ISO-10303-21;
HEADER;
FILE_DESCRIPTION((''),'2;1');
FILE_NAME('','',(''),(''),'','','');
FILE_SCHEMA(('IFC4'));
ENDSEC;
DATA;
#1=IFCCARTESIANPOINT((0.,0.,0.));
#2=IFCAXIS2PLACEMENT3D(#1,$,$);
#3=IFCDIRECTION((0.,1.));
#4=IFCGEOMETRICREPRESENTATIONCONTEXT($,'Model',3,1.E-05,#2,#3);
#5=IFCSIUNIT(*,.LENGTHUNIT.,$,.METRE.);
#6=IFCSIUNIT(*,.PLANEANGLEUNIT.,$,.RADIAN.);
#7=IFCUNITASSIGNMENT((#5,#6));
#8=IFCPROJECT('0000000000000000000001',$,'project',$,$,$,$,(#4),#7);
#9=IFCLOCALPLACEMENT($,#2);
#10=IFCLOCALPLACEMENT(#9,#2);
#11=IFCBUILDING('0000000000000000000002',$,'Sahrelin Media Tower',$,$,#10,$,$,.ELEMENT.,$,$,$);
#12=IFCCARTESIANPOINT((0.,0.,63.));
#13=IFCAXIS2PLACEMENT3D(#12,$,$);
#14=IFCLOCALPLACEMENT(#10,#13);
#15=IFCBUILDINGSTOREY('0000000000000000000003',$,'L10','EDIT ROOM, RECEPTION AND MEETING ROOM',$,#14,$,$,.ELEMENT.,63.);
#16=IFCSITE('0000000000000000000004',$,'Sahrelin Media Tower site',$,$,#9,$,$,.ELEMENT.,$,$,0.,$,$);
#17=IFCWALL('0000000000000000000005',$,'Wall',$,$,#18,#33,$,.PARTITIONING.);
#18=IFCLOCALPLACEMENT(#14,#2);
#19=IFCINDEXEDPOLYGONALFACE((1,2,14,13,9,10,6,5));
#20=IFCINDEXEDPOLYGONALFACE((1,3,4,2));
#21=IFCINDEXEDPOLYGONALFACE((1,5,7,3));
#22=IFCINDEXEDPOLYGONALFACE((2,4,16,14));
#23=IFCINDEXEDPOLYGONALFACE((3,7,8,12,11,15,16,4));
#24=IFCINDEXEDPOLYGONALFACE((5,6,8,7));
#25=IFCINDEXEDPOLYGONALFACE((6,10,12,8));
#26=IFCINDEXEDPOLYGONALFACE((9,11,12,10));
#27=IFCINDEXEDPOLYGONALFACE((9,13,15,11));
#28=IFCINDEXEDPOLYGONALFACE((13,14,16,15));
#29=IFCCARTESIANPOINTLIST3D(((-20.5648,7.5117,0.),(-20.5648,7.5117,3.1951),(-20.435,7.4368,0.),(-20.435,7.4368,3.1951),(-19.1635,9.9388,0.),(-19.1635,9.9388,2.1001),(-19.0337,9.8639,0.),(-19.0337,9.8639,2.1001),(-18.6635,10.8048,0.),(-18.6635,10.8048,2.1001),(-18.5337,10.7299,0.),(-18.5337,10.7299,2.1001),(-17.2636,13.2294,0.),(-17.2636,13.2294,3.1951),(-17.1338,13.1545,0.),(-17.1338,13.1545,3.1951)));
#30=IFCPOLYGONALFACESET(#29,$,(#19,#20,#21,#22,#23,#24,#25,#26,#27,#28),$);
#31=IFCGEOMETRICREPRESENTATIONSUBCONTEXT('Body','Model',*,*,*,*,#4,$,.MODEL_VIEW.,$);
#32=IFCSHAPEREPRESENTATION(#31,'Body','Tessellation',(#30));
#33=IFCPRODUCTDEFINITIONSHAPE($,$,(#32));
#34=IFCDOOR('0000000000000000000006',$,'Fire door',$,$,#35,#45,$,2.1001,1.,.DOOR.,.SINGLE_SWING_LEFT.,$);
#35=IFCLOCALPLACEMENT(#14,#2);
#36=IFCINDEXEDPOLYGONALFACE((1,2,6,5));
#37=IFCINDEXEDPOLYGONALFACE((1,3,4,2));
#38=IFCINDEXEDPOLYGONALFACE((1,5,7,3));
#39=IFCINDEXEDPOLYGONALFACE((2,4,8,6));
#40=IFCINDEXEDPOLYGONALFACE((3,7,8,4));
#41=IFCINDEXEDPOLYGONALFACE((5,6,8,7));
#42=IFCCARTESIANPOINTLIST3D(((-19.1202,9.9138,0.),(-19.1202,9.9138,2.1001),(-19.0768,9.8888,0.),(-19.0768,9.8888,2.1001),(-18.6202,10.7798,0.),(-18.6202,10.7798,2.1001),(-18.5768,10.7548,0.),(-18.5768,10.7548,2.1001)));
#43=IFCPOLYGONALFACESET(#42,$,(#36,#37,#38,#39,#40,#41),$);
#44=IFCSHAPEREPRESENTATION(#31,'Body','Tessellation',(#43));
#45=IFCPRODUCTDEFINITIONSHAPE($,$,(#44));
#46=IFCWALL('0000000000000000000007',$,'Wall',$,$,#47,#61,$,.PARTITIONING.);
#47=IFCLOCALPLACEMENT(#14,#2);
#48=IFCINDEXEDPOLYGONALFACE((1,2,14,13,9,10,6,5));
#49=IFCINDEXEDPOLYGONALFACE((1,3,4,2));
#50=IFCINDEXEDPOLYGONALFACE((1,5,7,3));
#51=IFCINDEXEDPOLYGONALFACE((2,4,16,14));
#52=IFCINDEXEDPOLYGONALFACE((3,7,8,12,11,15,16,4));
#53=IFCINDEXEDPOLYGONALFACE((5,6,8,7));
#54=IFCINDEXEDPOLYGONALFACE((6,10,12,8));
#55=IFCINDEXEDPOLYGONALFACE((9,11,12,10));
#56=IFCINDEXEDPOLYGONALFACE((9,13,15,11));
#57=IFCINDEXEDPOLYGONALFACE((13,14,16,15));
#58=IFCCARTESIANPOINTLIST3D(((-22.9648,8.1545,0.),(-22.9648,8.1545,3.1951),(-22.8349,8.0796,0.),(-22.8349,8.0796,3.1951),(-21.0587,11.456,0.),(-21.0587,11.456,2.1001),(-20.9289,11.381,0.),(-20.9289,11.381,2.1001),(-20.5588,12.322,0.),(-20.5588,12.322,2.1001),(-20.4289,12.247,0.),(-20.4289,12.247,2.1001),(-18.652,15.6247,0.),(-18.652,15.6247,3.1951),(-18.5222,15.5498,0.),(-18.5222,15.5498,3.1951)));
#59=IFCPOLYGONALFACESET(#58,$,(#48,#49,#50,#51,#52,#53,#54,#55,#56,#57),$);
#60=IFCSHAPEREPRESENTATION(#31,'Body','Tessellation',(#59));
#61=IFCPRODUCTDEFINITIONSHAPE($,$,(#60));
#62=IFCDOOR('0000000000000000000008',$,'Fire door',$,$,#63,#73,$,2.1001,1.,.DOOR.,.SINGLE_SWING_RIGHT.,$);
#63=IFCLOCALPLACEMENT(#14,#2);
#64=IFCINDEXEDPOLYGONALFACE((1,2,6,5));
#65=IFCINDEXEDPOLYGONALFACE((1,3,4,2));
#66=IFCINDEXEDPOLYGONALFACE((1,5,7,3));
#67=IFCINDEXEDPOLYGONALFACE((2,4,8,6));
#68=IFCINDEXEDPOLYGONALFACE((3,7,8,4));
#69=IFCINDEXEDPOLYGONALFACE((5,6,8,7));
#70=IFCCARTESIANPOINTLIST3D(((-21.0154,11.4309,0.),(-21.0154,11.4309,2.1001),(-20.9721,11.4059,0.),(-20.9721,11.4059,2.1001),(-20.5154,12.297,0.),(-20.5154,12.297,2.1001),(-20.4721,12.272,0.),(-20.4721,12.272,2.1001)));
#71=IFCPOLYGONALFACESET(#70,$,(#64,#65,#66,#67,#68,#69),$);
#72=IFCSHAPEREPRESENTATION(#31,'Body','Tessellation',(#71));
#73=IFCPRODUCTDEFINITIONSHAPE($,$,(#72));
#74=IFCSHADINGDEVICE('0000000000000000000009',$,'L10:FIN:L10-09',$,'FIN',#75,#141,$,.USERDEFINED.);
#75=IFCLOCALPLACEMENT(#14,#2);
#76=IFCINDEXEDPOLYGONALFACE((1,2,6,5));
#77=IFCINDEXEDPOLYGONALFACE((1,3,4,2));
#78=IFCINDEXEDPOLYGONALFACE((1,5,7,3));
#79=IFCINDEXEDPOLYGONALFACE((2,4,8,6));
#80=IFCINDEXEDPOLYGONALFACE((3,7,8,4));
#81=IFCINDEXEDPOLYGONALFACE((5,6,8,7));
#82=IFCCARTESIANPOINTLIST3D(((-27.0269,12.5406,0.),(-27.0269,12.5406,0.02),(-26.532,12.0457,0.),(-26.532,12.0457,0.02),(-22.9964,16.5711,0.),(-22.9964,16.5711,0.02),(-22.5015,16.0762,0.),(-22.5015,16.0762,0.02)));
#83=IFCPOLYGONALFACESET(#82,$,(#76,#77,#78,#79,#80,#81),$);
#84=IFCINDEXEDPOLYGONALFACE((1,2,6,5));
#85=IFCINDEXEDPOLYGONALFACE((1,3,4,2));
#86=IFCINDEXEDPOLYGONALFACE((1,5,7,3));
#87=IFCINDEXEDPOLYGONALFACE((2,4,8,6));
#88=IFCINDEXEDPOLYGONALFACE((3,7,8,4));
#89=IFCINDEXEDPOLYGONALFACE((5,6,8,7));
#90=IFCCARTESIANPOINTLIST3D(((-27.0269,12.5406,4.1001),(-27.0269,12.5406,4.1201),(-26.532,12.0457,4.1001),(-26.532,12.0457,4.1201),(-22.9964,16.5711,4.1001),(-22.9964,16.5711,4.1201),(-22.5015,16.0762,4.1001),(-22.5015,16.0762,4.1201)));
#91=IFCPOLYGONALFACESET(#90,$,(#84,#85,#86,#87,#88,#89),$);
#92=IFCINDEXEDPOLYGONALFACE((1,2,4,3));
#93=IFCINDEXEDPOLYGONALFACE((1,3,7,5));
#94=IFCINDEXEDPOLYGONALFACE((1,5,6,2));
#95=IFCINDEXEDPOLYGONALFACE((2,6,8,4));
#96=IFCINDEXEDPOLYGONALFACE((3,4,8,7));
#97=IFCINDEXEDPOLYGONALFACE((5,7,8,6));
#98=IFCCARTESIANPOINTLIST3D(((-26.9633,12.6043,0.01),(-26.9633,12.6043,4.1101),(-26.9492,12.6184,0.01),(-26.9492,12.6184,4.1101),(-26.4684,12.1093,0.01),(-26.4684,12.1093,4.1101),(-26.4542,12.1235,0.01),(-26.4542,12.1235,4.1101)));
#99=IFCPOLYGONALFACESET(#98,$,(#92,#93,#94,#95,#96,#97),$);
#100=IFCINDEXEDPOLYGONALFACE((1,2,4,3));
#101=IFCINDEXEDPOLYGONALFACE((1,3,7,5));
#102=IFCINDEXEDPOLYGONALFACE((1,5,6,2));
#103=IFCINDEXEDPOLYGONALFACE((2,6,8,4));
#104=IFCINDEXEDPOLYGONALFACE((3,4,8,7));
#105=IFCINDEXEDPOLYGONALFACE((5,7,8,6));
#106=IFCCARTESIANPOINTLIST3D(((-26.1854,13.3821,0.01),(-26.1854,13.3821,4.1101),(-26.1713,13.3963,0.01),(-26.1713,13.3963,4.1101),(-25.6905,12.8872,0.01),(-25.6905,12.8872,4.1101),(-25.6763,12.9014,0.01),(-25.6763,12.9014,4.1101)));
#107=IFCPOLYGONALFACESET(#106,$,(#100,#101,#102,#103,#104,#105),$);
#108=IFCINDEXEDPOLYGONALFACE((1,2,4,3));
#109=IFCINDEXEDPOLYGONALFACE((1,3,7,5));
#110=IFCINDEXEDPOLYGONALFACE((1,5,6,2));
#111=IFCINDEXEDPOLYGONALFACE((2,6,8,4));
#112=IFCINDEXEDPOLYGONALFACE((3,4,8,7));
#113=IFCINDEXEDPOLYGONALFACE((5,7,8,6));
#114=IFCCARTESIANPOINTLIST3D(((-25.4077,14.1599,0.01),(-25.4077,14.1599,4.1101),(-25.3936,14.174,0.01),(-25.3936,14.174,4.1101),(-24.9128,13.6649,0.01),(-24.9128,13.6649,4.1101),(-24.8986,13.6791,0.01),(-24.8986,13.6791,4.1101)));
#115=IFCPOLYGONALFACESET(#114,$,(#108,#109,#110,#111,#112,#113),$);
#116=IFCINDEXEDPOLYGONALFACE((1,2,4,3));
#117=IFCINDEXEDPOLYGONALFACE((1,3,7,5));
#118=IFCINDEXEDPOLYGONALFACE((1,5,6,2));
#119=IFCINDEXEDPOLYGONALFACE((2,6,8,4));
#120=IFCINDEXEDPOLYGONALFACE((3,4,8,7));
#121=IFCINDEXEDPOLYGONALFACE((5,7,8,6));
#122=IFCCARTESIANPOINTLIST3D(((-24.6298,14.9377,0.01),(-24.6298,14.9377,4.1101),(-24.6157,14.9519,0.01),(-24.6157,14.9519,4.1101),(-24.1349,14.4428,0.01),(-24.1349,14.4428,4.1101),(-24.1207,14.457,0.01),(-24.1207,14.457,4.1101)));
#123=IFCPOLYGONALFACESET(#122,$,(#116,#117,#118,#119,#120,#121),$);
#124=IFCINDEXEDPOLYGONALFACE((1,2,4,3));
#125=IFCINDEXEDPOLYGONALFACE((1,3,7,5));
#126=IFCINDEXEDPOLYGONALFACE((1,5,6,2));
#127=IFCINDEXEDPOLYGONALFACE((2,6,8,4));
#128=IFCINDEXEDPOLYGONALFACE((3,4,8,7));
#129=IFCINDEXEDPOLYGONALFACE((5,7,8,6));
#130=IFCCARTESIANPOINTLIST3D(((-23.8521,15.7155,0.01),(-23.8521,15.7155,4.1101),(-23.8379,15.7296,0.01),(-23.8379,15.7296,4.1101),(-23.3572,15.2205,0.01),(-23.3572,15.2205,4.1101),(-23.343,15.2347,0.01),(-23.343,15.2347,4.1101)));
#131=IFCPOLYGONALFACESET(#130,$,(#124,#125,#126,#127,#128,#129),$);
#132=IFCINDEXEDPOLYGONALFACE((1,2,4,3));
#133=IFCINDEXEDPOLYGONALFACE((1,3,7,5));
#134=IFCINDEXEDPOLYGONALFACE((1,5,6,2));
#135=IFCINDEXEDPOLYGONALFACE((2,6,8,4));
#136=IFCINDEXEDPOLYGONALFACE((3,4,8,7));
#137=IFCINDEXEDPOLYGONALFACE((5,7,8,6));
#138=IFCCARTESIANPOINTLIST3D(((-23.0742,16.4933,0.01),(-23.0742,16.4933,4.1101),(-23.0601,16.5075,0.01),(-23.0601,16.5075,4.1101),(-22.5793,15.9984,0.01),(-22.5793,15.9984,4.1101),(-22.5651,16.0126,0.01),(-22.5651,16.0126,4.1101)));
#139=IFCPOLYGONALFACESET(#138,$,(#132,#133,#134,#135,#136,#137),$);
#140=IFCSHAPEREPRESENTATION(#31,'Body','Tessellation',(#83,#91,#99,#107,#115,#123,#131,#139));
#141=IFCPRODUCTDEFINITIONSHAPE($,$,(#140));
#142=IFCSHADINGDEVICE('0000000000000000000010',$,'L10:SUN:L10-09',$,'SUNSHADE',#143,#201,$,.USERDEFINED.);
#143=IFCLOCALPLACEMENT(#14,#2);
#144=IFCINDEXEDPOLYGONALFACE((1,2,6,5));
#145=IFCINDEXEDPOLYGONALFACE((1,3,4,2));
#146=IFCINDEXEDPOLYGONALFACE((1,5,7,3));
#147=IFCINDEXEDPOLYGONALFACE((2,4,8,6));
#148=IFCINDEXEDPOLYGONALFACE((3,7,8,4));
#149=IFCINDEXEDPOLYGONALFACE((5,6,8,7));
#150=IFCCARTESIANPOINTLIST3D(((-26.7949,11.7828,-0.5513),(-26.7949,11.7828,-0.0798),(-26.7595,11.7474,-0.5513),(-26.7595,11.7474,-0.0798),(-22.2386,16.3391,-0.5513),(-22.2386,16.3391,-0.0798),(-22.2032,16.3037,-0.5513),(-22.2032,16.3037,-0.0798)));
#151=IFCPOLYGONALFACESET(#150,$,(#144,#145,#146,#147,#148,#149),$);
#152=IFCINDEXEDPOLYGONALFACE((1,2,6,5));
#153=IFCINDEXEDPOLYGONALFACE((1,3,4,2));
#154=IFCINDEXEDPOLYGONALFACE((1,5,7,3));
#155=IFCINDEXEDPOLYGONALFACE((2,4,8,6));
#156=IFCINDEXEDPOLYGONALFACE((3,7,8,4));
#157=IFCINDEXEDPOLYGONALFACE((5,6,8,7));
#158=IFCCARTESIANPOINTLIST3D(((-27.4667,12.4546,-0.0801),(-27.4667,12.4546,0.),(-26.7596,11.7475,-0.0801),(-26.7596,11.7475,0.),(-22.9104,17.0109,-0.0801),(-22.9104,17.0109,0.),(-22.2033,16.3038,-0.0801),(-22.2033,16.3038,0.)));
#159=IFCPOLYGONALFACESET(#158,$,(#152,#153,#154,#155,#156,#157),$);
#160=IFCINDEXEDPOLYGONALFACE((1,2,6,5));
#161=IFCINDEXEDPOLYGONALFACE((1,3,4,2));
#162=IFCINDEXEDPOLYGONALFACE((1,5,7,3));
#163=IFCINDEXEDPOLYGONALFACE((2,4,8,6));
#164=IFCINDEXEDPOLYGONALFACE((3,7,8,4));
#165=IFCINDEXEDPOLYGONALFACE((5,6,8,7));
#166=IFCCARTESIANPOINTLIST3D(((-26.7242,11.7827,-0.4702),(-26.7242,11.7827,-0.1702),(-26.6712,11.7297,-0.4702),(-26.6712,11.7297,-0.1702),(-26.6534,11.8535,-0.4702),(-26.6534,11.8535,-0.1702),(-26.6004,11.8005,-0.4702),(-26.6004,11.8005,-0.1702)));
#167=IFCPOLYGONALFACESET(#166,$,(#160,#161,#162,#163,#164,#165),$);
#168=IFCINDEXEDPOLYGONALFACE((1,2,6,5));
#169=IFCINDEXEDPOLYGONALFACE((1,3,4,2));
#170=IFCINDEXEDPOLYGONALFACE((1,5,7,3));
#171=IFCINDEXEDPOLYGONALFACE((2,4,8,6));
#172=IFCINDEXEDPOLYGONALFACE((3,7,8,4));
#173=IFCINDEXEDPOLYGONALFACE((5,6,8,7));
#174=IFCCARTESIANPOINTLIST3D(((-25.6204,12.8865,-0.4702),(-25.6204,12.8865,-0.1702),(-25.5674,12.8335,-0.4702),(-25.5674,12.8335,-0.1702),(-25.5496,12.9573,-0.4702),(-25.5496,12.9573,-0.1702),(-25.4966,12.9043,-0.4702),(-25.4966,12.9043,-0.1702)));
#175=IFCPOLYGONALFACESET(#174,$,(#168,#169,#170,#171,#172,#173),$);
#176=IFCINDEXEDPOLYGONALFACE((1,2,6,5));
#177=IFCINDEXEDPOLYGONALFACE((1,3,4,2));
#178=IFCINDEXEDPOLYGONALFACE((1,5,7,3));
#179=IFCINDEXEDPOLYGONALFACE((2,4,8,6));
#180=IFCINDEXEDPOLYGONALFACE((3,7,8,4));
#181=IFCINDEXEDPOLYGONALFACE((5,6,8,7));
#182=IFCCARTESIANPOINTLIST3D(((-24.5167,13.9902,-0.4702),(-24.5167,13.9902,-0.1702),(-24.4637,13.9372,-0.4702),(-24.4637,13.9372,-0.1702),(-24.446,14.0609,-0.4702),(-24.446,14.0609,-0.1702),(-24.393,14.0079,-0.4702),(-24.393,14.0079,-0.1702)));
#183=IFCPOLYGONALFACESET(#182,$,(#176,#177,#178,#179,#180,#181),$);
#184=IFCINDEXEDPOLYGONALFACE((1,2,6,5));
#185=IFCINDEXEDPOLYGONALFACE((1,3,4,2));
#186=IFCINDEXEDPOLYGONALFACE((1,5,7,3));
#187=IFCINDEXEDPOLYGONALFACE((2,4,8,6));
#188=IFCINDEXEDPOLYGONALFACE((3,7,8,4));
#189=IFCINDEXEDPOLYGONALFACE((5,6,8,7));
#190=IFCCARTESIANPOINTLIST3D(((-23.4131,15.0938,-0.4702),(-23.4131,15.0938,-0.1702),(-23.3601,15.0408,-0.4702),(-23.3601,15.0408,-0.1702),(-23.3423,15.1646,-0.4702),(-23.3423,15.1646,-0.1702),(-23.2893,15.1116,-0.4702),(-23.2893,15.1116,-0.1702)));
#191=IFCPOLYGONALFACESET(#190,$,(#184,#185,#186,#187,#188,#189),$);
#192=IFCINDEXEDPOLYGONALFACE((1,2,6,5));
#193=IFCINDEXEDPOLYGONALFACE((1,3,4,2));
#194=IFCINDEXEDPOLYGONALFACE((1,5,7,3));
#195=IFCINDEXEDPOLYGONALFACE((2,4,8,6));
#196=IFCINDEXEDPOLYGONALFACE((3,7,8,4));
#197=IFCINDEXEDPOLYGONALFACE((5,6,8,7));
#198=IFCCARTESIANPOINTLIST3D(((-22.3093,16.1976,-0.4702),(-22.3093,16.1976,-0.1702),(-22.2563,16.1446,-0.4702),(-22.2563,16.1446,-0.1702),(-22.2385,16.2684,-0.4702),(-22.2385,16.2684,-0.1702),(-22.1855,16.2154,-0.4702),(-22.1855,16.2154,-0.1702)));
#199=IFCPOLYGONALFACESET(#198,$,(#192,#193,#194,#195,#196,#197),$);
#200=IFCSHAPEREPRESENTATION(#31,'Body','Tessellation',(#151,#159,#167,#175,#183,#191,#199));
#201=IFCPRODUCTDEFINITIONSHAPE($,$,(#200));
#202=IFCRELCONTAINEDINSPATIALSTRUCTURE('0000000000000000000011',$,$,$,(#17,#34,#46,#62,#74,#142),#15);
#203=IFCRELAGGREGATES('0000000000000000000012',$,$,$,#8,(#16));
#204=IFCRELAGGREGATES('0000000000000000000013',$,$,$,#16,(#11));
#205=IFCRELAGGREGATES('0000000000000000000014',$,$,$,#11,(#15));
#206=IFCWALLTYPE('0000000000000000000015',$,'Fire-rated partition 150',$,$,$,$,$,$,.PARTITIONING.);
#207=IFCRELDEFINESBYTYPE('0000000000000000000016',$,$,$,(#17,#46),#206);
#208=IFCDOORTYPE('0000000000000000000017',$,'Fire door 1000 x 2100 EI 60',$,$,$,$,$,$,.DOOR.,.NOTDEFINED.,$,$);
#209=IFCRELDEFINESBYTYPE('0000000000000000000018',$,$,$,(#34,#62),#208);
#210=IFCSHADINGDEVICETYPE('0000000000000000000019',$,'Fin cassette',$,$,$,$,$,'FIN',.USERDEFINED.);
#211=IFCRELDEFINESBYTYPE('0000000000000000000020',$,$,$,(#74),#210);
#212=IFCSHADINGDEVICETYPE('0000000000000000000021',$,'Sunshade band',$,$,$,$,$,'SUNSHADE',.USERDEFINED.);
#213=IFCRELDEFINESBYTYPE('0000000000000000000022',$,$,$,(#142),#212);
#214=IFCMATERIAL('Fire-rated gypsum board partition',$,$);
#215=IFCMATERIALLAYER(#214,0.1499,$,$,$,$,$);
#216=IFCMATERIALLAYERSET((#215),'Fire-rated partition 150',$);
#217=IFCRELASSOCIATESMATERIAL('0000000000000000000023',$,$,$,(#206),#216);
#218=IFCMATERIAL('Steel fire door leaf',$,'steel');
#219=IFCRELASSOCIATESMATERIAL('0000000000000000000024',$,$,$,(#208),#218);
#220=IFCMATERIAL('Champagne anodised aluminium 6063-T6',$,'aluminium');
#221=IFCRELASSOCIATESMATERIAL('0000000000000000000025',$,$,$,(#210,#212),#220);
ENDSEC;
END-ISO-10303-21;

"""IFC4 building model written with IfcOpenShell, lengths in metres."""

from ifc_helpers import new_model, si_unit, direction, frame, frame_2d, origin, origin_2d, place, context, subcontext, project, spatial, rectangle, extrude, material, layer, layer_set, type_object, element, fill, save


model = new_model("IFC4")

# Units and contexts
model_context = context("Model", 3, precision=1e-05, world=origin(), true_north=direction((0.0, 1.0)))
body_context = subcontext(model_context, "Body", "Model", "MODEL_VIEW")
ifc_project = project(units=[si_unit("LENGTHUNIT", "METRE"), si_unit("PLANEANGLEUNIT", "RADIAN")], contexts=[model_context])

# Site, building, storey
site_placement = place(None, origin())
site = spatial("IfcSite", under=ifc_project, at=site_placement, Name="Sahrelin Media Tower site", CompositionType="ELEMENT", RefElevation=0.0)
building_placement = place(site_placement, origin())
building = spatial("IfcBuilding", under=site, at=building_placement, Name="Sahrelin Media Tower", CompositionType="ELEMENT")
storey_placement = place(building_placement, frame((0.0, 0.0, 63.0)))
storey = spatial("IfcBuildingStorey", under=building, at=storey_placement, Name="L10", Description="EDIT ROOM, RECEPTION AND MEETING ROOM", CompositionType="ELEMENT", Elevation=63.0)

# Shared definitions
ifc_material_1 = material(Name="Champagne anodised aluminium 6063-T6", Category="aluminium")

# Shared definitions
ifc_material_2 = material(Name="Fire-rated gypsum board partition")
ifc_layer_1 = layer(ifc_material_2, 0.1499)
ifc_layer_set_1 = layer_set([ifc_layer_1], Name="Fire-rated partition 150")
wall_type = type_object("IfcWallType", Name="Fire-rated partition 150", PredefinedType="PARTITIONING", material=ifc_layer_set_1)

# Shared definitions
ifc_material_3 = material(Name="Steel fire door leaf", Category="steel")
door_type = type_object("IfcDoorType", Name="Fire door 1000 x 2100 EI 60", OperationType="NOTDEFINED", PredefinedType="DOOR", material=ifc_material_3)

# Walls, openings, doors
wall_1_placement = place(storey_placement, frame((-20.5, 7.4741, 0.0), z_axis=(0.0, 0.0, 1.0), x_axis=(0.500013, 0.866018, 0.0)))
wall_1 = element("IfcWall", 1, at=wall_1_placement, inside=storey, type_object=wall_type, Name="Wall", PredefinedType="PARTITIONING", context=body_context, shape_type="SweptSolid", body=[
    extrude(rectangle(XDim=6.6023, YDim=0.1499, at=frame_2d((3.3013, 0.0))), origin(), (0.0, 0.0, 1.0), 3.1951),
])
opening_1_placement = place(wall_1_placement, frame((2.8027, 0.0, 0.0)))
opening_1 = element("IfcOpeningElement", 2, at=opening_1_placement, cuts=wall_1, PredefinedType="OPENING", context=body_context, shape_type="SweptSolid", body=[
    extrude(rectangle(XDim=1.0, YDim=2.1001, at=frame_2d((0.5, 1.05))), frame((0.0, 0.075, 0.0), z_axis=(0.0, -1.0, 0.0), x_axis=(1.0, 0.0, 0.0)), (0.0, 0.0, 1.0), 0.1499),
])
door_1_placement = place(opening_1_placement, origin())
door_1 = element("IfcDoor", 3, at=door_1_placement, inside=storey, type_object=door_type, Name="Fire door", OperationType="SINGLE_SWING_LEFT", OverallHeight=2.1001, OverallWidth=1.0, PredefinedType="DOOR", context=body_context, shape_type="SweptSolid", body=[
    extrude(rectangle(XDim=1.0, YDim=2.1001, at=frame_2d((0.5, 1.05))), frame((0.0, 0.0249, 0.0), z_axis=(0.0, -1.0, 0.0), x_axis=(1.0, 0.0, 0.0)), (0.0, 0.0, 1.0), 0.05),
])
fill(opening_1, door_1)
wall_2_placement = place(storey_placement, frame((-22.8999, 8.1169, 0.0), z_axis=(0.0, 0.0, 1.0), x_axis=(0.499984, 0.866035, 0.0)))
wall_2 = element("IfcWall", 4, at=wall_2_placement, inside=storey, type_object=wall_type, Name="Wall", PredefinedType="PARTITIONING", context=body_context, shape_type="SweptSolid", body=[
    extrude(rectangle(XDim=8.6257, YDim=0.1499, at=frame_2d((4.313, 0.0))), origin(), (0.0, 0.0, 1.0), 3.1951),
])
opening_2_placement = place(wall_2_placement, frame((3.8123, 0.0, 0.0)))
opening_2 = element("IfcOpeningElement", 5, at=opening_2_placement, cuts=wall_2, PredefinedType="OPENING", context=body_context, shape_type="SweptSolid", body=[
    extrude(rectangle(XDim=1.0, YDim=2.1001, at=frame_2d((0.5, 1.05))), frame((0.0, 0.075, 0.0), z_axis=(0.0, -1.0, 0.0), x_axis=(1.0, 0.0, 0.0)), (0.0, 0.0, 1.0), 0.1499),
])
door_2_placement = place(opening_2_placement, origin())
door_2 = element("IfcDoor", 6, at=door_2_placement, inside=storey, type_object=door_type, Name="Fire door", OperationType="SINGLE_SWING_RIGHT", OverallHeight=2.1001, OverallWidth=1.0, PredefinedType="DOOR", context=body_context, shape_type="SweptSolid", body=[
    extrude(rectangle(XDim=1.0, YDim=2.1001, at=frame_2d((0.5, 1.05))), frame((0.0, 0.0249, 0.0), z_axis=(0.0, -1.0, 0.0), x_axis=(1.0, 0.0, 0.0)), (0.0, 0.0, 1.0), 0.05),
])
fill(opening_2, door_2)

# Shading devices
shading_device_type_1 = type_object("IfcShadingDeviceType", Name="Fin cassette", ElementType="FIN", PredefinedType="USERDEFINED", material=ifc_material_1)
placement = place(storey_placement, frame((-24.4673, 14.0115, 0.0), z_axis=(0.0, 0.0, 1.0), x_axis=(0.707107, 0.707107, 0.0)))
element("IfcShadingDevice", 7, at=placement, inside=storey, type_object=shading_device_type_1, Name="L10:FIN:L10-09", ObjectType="FIN", PredefinedType="USERDEFINED", context=body_context, shape_type="SweptSolid", body=[
    extrude(rectangle(XDim=5.7, YDim=0.7, at=origin_2d()), frame((0.0, 0.4199, 0.0)), (0.0, 0.0, 1.0), 0.02),
    extrude(rectangle(XDim=5.7, YDim=0.7, at=origin_2d()), frame((0.0, 0.4199, 4.1001)), (0.0, 0.0, 1.0), 0.02),
    extrude(rectangle(XDim=0.02, YDim=0.7, at=origin_2d()), frame((-2.75, 0.4199, 0.01), z_axis=(0.0, 0.0, 1.0), x_axis=(1.0, 0.0, 0.0)), (0.0, 0.0, 1.0), 4.1001),
    extrude(rectangle(XDim=0.02, YDim=0.7, at=origin_2d()), frame((-1.6499, 0.4199, 0.01), z_axis=(0.0, 0.0, 1.0), x_axis=(1.0, 0.0, 0.0)), (0.0, 0.0, 1.0), 4.1001),
    extrude(rectangle(XDim=0.02, YDim=0.7, at=origin_2d()), frame((-0.55, 0.4199, 0.01), z_axis=(0.0, 0.0, 1.0), x_axis=(1.0, 0.0, 0.0)), (0.0, 0.0, 1.0), 4.1001),
    extrude(rectangle(XDim=0.02, YDim=0.7, at=origin_2d()), frame((0.55, 0.4199, 0.01), z_axis=(0.0, 0.0, 1.0), x_axis=(1.0, 0.0, 0.0)), (0.0, 0.0, 1.0), 4.1001),
    extrude(rectangle(XDim=0.02, YDim=0.7, at=origin_2d()), frame((1.6499, 0.4199, 0.01), z_axis=(0.0, 0.0, 1.0), x_axis=(1.0, 0.0, 0.0)), (0.0, 0.0, 1.0), 4.1001),
    extrude(rectangle(XDim=0.02, YDim=0.7, at=origin_2d()), frame((2.75, 0.4199, 0.01), z_axis=(0.0, 0.0, 1.0), x_axis=(1.0, 0.0, 0.0)), (0.0, 0.0, 1.0), 4.1001),
])
shading_device_type_2 = type_object("IfcShadingDeviceType", Name="Sunshade band", ElementType="SUNSHADE", PredefinedType="USERDEFINED", material=ifc_material_1)
element("IfcShadingDevice", 8, at=placement, inside=storey, type_object=shading_device_type_2, Name="L10:SUN:L10-09", ObjectType="SUNSHADE", PredefinedType="USERDEFINED", context=body_context, shape_type="SweptSolid", body=[
    extrude(rectangle(XDim=6.4436, YDim=0.05, at=origin_2d()), frame((0.0, 0.0449, -0.5513)), (0.0, 0.0, 1.0), 0.4714),
    extrude(rectangle(XDim=6.4436, YDim=1.0, at=origin_2d()), frame((0.0, 0.52, -0.0801)), (0.0, 0.0, 1.0), 0.0801),
    extrude(rectangle(XDim=0.1001, YDim=0.075, at=origin_2d()), frame((-3.1218, -0.0176, -0.4702)), (0.0, 0.0, 1.0), 0.3),
    extrude(rectangle(XDim=0.1001, YDim=0.075, at=origin_2d()), frame((-1.5608, -0.0176, -0.4702)), (0.0, 0.0, 1.0), 0.3),
    extrude(rectangle(XDim=0.1001, YDim=0.075, at=origin_2d()), frame((0.0, -0.0176, -0.4702)), (0.0, 0.0, 1.0), 0.3),
    extrude(rectangle(XDim=0.1001, YDim=0.075, at=origin_2d()), frame((1.5608, -0.0176, -0.4702)), (0.0, 0.0, 1.0), 0.3),
    extrude(rectangle(XDim=0.1001, YDim=0.075, at=origin_2d()), frame((3.1218, -0.0176, -0.4702)), (0.0, 0.0, 1.0), 0.3),
])

save(model, "model.ifc")
